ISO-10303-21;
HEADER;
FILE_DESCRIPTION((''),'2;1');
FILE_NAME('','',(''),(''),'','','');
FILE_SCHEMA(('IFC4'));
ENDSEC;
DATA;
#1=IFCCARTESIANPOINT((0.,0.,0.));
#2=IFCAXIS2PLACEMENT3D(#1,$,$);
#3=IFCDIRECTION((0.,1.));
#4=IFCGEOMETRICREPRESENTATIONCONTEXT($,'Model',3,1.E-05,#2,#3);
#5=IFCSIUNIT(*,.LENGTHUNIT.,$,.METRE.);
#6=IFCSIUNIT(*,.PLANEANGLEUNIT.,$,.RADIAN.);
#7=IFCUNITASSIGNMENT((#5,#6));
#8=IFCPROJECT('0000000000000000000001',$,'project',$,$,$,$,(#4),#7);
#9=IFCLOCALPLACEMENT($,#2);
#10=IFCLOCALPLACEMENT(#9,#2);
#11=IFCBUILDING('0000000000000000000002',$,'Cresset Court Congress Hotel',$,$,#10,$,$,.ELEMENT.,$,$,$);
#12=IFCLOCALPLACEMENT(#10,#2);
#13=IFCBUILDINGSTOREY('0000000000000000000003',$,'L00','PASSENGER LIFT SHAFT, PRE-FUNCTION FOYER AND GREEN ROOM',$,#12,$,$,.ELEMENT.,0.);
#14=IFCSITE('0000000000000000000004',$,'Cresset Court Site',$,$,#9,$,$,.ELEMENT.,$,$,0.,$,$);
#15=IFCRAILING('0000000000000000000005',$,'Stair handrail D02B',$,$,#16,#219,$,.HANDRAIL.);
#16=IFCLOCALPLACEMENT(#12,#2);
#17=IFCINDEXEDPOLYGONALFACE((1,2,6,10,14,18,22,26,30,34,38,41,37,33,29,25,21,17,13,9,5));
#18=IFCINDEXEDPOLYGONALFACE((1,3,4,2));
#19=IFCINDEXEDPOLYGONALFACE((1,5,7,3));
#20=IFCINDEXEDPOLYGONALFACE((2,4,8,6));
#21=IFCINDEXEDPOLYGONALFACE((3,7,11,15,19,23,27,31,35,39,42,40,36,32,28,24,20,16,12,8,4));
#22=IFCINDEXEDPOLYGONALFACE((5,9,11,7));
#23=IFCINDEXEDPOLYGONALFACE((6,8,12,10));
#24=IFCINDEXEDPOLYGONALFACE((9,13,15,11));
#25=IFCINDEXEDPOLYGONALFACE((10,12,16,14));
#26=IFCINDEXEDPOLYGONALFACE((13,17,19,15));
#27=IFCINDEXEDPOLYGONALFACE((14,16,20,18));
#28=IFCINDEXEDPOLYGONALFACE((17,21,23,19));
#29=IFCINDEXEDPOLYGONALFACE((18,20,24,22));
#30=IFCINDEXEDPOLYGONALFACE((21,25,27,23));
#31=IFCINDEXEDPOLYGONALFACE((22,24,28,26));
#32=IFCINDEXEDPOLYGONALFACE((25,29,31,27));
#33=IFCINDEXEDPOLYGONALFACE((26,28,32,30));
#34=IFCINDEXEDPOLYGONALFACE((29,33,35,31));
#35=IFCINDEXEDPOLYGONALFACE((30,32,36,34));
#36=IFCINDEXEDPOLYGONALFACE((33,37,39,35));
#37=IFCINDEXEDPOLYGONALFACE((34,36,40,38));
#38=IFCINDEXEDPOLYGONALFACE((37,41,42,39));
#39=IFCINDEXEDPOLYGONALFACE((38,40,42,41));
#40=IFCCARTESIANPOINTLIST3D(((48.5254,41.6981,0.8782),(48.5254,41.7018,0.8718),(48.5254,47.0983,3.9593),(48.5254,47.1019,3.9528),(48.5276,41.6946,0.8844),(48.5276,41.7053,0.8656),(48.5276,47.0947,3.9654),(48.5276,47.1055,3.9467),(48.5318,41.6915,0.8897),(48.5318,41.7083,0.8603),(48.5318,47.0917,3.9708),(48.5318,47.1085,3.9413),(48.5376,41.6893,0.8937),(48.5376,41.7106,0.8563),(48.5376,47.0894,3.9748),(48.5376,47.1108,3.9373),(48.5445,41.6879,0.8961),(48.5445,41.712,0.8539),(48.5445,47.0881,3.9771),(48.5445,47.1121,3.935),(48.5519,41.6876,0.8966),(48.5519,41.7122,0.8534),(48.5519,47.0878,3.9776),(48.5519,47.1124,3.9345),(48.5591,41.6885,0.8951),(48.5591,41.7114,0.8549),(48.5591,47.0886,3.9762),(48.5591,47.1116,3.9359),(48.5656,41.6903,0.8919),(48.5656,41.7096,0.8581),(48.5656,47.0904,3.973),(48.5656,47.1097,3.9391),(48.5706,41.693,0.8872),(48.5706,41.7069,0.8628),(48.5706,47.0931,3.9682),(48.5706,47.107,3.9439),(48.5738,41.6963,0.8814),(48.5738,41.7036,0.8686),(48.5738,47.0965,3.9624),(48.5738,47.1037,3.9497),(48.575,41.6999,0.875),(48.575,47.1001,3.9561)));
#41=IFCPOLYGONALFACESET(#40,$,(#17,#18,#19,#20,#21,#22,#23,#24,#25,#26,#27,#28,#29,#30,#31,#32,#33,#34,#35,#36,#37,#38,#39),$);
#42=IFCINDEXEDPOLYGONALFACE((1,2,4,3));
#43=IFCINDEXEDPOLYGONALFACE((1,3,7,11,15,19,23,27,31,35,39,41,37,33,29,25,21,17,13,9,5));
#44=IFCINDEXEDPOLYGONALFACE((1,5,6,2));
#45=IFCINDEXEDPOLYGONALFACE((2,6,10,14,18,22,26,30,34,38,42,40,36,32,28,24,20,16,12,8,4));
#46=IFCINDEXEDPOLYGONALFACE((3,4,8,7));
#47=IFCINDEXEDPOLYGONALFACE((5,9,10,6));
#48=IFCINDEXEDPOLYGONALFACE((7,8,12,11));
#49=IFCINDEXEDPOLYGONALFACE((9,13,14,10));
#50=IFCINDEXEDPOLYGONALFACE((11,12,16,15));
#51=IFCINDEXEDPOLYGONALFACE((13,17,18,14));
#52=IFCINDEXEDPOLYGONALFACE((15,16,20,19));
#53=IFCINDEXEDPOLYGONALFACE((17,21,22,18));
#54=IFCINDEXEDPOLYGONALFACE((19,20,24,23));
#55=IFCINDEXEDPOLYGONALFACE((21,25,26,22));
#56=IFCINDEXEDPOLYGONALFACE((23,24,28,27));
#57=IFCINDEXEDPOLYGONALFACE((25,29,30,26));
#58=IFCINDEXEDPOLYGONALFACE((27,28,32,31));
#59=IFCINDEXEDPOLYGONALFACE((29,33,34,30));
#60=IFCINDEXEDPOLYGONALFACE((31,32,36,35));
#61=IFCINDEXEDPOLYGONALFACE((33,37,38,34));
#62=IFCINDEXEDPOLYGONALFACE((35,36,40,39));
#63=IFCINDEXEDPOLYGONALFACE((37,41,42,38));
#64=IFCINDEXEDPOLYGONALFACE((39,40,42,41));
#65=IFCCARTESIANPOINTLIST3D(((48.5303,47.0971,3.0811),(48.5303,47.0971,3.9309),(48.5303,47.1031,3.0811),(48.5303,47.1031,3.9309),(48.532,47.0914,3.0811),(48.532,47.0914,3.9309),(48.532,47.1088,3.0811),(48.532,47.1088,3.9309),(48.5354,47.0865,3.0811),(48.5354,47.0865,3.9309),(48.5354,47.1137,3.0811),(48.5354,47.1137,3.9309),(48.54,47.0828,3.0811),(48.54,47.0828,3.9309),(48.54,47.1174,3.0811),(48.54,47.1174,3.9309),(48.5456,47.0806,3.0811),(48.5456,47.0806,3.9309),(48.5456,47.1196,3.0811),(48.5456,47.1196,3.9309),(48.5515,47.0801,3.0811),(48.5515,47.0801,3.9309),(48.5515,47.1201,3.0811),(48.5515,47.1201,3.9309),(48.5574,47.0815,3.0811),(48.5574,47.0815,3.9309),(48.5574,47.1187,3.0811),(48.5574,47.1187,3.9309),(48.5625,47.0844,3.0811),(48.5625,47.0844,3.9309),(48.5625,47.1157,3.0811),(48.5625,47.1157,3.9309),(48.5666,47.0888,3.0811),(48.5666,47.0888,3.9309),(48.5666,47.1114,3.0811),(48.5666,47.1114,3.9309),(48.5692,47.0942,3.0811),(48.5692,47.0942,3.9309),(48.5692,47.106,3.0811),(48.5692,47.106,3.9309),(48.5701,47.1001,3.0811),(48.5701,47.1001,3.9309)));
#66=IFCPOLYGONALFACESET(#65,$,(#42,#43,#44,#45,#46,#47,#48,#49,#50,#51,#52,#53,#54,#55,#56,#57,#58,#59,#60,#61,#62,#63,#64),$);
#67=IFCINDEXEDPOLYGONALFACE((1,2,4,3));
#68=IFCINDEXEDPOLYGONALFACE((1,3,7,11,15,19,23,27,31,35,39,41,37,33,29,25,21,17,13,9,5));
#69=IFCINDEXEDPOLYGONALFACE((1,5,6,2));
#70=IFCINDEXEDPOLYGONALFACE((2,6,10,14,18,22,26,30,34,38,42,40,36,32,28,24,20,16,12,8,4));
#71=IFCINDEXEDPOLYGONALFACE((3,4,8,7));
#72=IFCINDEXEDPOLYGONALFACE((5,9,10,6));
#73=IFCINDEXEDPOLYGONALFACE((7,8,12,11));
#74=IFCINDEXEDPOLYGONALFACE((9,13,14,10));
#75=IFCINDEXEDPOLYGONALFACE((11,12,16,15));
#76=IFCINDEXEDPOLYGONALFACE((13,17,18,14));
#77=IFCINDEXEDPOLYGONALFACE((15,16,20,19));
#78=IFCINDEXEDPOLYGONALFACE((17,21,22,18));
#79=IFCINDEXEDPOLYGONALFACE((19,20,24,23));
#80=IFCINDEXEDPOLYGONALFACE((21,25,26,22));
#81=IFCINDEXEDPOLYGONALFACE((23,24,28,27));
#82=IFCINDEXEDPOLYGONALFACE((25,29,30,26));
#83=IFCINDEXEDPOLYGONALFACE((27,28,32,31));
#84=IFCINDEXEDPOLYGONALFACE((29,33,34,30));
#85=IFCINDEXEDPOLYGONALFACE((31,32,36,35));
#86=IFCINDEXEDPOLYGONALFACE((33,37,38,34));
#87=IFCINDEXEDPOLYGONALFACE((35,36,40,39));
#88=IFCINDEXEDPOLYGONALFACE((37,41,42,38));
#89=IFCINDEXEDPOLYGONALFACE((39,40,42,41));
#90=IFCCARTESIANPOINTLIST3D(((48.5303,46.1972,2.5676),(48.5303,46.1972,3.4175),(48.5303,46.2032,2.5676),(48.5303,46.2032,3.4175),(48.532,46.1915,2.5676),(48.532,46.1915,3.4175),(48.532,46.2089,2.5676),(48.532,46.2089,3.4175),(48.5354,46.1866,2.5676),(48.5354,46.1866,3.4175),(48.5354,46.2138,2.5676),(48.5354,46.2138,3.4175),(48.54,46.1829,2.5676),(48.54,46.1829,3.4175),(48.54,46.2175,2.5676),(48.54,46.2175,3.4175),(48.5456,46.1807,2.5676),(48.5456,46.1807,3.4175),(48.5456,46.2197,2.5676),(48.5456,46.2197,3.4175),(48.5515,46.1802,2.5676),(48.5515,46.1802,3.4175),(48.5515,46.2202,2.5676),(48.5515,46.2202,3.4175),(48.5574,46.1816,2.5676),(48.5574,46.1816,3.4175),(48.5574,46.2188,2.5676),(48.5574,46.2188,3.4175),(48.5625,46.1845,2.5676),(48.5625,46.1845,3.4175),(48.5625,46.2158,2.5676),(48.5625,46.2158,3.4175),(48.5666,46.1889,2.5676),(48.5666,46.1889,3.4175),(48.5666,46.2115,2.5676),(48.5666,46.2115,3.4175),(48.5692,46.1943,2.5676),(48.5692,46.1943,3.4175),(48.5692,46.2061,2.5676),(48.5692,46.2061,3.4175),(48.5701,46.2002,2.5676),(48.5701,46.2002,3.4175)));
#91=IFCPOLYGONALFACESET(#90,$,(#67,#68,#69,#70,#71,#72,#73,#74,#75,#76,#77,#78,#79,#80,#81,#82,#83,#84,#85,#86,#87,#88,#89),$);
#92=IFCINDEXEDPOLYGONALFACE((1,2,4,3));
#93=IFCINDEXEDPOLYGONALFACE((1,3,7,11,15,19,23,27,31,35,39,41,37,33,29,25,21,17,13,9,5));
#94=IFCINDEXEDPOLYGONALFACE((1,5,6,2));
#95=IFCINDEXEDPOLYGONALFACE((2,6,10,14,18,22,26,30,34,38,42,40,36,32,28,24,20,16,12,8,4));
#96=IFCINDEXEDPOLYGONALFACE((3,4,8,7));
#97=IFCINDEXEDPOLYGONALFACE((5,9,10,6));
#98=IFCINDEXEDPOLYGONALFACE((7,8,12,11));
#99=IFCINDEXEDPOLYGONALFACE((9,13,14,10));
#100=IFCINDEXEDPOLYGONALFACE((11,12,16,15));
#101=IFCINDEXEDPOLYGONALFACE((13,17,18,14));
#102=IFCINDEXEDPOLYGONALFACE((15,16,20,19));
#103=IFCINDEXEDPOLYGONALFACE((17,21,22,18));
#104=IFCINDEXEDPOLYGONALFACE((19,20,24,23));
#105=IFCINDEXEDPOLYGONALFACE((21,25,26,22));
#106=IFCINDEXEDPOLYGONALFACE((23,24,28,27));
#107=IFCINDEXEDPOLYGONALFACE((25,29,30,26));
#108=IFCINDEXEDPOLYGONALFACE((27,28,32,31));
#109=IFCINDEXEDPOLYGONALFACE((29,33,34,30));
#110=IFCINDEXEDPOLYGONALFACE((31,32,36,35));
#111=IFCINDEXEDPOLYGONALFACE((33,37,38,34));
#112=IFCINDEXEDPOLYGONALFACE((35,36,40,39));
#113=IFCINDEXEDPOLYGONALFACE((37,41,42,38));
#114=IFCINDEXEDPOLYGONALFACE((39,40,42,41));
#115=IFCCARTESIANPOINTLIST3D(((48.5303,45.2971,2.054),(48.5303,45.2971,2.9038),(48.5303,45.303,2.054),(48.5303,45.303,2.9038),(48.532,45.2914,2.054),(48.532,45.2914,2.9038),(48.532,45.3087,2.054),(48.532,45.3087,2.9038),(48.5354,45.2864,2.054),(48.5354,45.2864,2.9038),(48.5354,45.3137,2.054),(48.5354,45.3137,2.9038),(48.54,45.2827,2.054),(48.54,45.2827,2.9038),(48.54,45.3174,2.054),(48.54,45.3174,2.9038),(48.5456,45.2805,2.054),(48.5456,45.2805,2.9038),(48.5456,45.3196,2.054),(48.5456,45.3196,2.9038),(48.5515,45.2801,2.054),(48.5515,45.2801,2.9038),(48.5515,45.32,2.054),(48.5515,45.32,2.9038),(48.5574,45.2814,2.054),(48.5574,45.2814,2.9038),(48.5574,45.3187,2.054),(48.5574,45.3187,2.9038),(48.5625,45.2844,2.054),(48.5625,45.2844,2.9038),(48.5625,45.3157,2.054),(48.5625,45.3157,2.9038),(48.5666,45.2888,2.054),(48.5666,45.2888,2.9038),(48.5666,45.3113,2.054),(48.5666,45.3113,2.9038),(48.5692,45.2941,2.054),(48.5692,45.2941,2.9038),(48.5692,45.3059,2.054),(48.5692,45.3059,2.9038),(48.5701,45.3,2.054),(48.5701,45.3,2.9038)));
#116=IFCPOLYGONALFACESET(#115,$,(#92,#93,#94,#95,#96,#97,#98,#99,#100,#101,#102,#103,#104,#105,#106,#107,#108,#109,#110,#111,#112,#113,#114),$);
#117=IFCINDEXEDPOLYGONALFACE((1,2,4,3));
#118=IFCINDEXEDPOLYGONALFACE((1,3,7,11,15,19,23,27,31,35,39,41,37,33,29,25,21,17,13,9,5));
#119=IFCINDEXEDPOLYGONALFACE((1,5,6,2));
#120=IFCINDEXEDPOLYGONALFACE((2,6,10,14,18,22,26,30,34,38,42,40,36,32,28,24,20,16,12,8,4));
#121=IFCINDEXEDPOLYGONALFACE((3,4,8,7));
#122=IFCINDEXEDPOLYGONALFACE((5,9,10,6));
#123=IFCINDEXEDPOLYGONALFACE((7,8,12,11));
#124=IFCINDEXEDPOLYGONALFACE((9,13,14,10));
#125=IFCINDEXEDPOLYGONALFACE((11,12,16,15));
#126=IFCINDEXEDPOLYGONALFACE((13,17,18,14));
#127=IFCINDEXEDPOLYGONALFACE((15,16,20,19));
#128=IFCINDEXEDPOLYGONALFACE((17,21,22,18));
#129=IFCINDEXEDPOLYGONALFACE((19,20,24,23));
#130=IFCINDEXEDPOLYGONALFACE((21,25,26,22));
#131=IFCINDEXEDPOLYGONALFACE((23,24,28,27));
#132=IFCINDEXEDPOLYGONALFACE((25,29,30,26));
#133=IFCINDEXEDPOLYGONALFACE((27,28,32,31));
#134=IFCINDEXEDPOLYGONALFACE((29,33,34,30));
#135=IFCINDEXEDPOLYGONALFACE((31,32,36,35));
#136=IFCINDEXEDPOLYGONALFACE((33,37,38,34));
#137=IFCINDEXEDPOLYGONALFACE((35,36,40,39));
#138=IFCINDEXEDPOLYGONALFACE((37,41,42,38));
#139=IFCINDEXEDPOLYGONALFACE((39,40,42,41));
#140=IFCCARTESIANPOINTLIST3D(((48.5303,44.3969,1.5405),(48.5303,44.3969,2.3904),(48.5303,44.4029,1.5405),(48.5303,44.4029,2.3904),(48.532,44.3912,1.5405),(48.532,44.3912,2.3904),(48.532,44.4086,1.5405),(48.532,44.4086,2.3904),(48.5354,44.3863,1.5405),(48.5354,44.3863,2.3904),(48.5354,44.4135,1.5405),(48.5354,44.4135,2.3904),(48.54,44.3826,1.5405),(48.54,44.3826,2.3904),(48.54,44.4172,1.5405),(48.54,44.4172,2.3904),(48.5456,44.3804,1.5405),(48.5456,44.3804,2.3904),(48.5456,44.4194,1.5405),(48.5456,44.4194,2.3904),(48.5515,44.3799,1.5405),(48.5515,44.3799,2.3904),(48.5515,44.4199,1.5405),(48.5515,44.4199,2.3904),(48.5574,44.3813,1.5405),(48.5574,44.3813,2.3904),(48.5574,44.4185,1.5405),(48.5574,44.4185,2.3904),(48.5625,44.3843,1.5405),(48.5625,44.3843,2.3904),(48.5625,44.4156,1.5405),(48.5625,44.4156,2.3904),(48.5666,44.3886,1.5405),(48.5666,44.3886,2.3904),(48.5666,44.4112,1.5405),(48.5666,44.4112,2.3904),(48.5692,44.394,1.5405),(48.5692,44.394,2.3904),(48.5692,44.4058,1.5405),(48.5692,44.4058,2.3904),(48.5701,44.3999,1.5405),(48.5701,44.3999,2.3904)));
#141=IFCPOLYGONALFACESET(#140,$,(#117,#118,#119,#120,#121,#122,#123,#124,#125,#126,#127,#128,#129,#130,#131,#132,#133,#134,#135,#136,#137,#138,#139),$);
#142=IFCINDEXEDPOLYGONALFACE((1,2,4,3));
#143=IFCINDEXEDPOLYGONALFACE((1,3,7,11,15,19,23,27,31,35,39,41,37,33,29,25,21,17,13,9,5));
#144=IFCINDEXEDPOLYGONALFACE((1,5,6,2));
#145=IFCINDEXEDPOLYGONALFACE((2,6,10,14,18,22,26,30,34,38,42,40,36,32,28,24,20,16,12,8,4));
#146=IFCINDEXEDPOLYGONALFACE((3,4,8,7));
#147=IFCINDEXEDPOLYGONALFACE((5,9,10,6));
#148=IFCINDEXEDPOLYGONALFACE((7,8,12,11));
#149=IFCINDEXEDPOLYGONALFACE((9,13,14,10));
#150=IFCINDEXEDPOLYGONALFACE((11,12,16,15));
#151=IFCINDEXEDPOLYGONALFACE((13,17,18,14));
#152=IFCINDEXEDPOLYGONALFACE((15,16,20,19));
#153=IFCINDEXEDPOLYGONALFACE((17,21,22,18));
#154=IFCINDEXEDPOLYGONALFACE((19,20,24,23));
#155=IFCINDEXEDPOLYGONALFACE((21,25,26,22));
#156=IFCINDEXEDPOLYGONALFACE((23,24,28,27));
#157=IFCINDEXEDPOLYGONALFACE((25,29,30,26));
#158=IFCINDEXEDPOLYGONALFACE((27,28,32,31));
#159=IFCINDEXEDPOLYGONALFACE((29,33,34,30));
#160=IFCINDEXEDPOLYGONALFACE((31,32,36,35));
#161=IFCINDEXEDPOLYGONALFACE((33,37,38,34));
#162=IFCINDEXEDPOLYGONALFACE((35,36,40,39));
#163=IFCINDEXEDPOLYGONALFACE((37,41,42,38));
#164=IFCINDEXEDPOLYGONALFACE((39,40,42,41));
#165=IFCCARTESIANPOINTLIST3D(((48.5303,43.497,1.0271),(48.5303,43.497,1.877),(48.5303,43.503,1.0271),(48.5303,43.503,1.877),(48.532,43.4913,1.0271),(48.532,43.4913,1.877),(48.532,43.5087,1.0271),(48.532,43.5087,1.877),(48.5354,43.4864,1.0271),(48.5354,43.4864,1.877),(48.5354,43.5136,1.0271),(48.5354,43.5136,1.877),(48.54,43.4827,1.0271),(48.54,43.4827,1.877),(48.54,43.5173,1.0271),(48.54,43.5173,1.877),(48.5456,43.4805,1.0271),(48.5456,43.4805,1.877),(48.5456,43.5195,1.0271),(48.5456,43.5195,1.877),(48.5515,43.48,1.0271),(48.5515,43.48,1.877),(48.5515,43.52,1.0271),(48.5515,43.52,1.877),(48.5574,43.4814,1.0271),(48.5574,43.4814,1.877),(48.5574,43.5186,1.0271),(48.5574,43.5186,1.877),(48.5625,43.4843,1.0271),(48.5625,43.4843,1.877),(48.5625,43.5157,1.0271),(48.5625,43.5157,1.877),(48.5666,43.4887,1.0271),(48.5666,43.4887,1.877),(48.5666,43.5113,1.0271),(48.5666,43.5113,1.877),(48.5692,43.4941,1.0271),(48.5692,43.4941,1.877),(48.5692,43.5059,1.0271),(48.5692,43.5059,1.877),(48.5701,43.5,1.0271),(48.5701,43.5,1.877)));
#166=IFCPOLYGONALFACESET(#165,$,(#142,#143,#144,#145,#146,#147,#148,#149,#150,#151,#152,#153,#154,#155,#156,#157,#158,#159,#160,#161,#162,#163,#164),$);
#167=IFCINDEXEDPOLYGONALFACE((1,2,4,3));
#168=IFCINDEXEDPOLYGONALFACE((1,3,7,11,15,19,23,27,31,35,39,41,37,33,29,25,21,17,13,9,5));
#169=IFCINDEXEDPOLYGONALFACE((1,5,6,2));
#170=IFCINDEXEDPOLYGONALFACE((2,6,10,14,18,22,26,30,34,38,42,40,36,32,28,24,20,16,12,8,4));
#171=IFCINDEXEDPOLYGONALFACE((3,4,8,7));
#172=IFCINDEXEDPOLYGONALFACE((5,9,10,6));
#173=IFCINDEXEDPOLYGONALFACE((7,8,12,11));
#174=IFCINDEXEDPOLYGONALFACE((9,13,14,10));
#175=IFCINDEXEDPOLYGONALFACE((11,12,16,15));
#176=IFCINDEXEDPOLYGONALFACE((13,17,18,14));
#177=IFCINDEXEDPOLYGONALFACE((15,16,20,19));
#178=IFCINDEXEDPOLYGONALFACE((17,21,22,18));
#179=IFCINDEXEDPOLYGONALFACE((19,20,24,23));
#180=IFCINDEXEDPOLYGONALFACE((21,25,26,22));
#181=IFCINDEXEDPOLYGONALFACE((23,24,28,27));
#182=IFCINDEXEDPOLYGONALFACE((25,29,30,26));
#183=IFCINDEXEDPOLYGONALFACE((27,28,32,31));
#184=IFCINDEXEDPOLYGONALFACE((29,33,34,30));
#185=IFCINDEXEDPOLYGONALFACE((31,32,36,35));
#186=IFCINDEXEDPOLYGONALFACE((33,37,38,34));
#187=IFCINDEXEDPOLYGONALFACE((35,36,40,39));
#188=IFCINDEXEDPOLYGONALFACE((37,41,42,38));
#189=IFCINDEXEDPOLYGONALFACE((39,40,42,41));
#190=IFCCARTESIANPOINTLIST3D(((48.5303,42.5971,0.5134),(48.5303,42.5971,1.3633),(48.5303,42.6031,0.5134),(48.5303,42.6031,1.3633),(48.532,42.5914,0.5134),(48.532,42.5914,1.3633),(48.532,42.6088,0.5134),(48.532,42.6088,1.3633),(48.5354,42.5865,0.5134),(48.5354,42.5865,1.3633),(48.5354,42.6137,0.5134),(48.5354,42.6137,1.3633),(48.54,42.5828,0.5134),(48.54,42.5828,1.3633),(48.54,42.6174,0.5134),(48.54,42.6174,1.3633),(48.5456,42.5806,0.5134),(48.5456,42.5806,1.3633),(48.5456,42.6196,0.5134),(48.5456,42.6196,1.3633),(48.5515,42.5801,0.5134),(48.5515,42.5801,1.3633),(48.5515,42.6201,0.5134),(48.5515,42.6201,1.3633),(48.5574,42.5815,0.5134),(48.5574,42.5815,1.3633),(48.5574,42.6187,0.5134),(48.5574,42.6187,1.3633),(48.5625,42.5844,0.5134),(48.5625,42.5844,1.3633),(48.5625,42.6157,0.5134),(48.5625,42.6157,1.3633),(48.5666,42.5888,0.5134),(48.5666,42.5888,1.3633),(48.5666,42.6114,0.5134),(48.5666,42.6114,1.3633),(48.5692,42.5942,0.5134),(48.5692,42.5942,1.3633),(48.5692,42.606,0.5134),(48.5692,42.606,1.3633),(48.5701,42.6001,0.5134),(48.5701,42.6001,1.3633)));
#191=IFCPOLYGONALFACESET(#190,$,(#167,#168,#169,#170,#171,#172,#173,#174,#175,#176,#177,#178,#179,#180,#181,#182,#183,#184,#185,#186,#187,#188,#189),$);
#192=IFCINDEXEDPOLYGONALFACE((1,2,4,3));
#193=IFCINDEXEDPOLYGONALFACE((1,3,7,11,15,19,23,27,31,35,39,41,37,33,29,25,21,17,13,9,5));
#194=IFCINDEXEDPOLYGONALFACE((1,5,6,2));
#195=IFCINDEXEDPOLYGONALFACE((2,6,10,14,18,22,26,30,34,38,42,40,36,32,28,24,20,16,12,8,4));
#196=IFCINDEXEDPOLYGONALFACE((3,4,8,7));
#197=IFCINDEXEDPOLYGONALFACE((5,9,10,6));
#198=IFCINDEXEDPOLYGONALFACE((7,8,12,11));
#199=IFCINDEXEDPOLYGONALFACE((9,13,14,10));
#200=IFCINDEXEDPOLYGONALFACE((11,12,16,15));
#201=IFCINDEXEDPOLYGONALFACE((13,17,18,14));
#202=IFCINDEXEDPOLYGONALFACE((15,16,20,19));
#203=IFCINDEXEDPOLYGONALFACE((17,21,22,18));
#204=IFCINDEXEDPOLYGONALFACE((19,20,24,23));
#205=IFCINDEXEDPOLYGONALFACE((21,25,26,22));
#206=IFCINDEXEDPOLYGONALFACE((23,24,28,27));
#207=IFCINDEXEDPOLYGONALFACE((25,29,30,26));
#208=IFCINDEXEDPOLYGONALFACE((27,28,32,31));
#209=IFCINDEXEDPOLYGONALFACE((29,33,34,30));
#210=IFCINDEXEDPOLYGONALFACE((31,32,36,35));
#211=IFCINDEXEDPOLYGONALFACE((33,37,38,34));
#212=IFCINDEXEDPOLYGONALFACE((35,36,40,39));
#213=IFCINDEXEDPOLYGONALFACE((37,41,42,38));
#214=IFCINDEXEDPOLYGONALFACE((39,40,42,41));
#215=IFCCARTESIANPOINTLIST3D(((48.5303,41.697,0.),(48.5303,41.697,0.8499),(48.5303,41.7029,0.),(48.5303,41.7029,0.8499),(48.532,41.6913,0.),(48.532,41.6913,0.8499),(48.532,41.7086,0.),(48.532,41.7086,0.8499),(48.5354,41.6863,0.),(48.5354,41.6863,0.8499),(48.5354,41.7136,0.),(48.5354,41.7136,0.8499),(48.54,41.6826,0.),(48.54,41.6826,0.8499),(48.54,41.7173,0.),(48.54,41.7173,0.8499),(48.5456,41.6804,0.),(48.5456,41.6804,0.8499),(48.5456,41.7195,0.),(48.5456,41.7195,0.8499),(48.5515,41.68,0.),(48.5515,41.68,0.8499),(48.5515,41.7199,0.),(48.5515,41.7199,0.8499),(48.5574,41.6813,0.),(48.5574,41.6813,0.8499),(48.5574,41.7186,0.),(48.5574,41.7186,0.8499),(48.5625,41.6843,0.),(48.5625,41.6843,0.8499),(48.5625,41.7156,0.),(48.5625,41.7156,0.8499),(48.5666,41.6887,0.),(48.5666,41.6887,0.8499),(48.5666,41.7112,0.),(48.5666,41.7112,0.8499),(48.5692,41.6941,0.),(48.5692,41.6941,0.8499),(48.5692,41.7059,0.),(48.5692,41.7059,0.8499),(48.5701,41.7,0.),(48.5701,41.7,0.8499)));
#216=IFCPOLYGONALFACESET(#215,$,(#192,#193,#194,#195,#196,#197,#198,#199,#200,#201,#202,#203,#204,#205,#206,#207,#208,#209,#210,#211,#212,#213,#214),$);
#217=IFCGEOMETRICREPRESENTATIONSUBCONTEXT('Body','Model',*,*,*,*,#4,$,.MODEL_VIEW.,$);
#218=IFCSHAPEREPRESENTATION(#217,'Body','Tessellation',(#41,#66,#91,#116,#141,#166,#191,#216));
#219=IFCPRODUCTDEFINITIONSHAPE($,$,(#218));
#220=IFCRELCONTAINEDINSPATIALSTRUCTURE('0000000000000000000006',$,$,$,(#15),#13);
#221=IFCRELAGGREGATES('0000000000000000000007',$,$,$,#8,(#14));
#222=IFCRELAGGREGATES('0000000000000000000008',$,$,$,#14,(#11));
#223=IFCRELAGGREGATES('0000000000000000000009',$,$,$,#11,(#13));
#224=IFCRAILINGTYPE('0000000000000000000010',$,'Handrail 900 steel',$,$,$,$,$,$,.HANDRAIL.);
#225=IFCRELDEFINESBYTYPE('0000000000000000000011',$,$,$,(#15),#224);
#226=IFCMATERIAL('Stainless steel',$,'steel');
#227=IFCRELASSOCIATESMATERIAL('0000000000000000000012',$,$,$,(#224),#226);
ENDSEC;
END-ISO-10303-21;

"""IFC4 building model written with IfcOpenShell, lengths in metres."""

from ifc_helpers import new_model, si_unit, direction, frame, origin, origin_2d, place, context, subcontext, project, spatial, circle, extrude, material, type_object, element, save


model = new_model("IFC4")

# Units and contexts
model_context = context("Model", 3, precision=1e-05, world=origin(), true_north=direction((0.0, 1.0)))
body_context = subcontext(model_context, "Body", "Model", "MODEL_VIEW")
ifc_project = project(units=[si_unit("LENGTHUNIT", "METRE"), si_unit("PLANEANGLEUNIT", "RADIAN")], contexts=[model_context])

# Site, building, storey
site_placement = place(None, origin())
site = spatial("IfcSite", under=ifc_project, at=site_placement, Name="Cresset Court Site", CompositionType="ELEMENT", RefElevation=0.0)
building_placement = place(site_placement, origin())
building = spatial("IfcBuilding", under=site, at=building_placement, Name="Cresset Court Congress Hotel", CompositionType="ELEMENT")
storey_placement = place(building_placement, origin())
storey = spatial("IfcBuildingStorey", under=building, at=storey_placement, Name="L00", Description="PASSENGER LIFT SHAFT, PRE-FUNCTION FOYER AND GREEN ROOM", CompositionType="ELEMENT", Elevation=0.0)

# Railing
ifc_material_1 = material(Name="Stainless steel", Category="steel")
railing_type_1 = type_object("IfcRailingType", Name="Handrail 900 steel", PredefinedType="HANDRAIL", material=ifc_material_1)
railing_1_placement = place(storey_placement, frame((48.55, 47.1001, 3.0811)))
element("IfcRailing", 1, at=railing_1_placement, inside=storey, type_object=railing_type_1, Name="Stair handrail D02B", PredefinedType="HANDRAIL", context=body_context, shape_type="SweptSolid", body=[
    extrude(circle(Radius=0.0249, at=origin_2d()), frame((0.0, 0.0, 0.875), z_axis=(0.0, -0.868572, -0.495564), x_axis=(1.0, 0.0, 0.0)), (0.0, 0.0, 1.0), 6.2173),
    extrude(circle(Radius=0.02, at=origin_2d()), origin(), (0.0, 0.0, 1.0), 0.8499),
    extrude(circle(Radius=0.02, at=origin_2d()), frame((0.0, -0.8999, -0.5134)), (0.0, 0.0, 1.0), 0.8499),
    extrude(circle(Radius=0.02, at=origin_2d()), frame((0.0, -1.8, -1.0271)), (0.0, 0.0, 1.0), 0.8499),
    extrude(circle(Radius=0.02, at=origin_2d()), frame((0.0, -2.7002, -1.5405)), (0.0, 0.0, 1.0), 0.8499),
    extrude(circle(Radius=0.02, at=origin_2d()), frame((0.0, -3.6001, -2.054)), (0.0, 0.0, 1.0), 0.8499),
    extrude(circle(Radius=0.02, at=origin_2d()), frame((0.0, -4.5, -2.5676)), (0.0, 0.0, 1.0), 0.8499),
    extrude(circle(Radius=0.02, at=origin_2d()), frame((0.0, -5.4001, -3.0811)), (0.0, 0.0, 1.0), 0.8499),
])

save(model, "model.ifc")
